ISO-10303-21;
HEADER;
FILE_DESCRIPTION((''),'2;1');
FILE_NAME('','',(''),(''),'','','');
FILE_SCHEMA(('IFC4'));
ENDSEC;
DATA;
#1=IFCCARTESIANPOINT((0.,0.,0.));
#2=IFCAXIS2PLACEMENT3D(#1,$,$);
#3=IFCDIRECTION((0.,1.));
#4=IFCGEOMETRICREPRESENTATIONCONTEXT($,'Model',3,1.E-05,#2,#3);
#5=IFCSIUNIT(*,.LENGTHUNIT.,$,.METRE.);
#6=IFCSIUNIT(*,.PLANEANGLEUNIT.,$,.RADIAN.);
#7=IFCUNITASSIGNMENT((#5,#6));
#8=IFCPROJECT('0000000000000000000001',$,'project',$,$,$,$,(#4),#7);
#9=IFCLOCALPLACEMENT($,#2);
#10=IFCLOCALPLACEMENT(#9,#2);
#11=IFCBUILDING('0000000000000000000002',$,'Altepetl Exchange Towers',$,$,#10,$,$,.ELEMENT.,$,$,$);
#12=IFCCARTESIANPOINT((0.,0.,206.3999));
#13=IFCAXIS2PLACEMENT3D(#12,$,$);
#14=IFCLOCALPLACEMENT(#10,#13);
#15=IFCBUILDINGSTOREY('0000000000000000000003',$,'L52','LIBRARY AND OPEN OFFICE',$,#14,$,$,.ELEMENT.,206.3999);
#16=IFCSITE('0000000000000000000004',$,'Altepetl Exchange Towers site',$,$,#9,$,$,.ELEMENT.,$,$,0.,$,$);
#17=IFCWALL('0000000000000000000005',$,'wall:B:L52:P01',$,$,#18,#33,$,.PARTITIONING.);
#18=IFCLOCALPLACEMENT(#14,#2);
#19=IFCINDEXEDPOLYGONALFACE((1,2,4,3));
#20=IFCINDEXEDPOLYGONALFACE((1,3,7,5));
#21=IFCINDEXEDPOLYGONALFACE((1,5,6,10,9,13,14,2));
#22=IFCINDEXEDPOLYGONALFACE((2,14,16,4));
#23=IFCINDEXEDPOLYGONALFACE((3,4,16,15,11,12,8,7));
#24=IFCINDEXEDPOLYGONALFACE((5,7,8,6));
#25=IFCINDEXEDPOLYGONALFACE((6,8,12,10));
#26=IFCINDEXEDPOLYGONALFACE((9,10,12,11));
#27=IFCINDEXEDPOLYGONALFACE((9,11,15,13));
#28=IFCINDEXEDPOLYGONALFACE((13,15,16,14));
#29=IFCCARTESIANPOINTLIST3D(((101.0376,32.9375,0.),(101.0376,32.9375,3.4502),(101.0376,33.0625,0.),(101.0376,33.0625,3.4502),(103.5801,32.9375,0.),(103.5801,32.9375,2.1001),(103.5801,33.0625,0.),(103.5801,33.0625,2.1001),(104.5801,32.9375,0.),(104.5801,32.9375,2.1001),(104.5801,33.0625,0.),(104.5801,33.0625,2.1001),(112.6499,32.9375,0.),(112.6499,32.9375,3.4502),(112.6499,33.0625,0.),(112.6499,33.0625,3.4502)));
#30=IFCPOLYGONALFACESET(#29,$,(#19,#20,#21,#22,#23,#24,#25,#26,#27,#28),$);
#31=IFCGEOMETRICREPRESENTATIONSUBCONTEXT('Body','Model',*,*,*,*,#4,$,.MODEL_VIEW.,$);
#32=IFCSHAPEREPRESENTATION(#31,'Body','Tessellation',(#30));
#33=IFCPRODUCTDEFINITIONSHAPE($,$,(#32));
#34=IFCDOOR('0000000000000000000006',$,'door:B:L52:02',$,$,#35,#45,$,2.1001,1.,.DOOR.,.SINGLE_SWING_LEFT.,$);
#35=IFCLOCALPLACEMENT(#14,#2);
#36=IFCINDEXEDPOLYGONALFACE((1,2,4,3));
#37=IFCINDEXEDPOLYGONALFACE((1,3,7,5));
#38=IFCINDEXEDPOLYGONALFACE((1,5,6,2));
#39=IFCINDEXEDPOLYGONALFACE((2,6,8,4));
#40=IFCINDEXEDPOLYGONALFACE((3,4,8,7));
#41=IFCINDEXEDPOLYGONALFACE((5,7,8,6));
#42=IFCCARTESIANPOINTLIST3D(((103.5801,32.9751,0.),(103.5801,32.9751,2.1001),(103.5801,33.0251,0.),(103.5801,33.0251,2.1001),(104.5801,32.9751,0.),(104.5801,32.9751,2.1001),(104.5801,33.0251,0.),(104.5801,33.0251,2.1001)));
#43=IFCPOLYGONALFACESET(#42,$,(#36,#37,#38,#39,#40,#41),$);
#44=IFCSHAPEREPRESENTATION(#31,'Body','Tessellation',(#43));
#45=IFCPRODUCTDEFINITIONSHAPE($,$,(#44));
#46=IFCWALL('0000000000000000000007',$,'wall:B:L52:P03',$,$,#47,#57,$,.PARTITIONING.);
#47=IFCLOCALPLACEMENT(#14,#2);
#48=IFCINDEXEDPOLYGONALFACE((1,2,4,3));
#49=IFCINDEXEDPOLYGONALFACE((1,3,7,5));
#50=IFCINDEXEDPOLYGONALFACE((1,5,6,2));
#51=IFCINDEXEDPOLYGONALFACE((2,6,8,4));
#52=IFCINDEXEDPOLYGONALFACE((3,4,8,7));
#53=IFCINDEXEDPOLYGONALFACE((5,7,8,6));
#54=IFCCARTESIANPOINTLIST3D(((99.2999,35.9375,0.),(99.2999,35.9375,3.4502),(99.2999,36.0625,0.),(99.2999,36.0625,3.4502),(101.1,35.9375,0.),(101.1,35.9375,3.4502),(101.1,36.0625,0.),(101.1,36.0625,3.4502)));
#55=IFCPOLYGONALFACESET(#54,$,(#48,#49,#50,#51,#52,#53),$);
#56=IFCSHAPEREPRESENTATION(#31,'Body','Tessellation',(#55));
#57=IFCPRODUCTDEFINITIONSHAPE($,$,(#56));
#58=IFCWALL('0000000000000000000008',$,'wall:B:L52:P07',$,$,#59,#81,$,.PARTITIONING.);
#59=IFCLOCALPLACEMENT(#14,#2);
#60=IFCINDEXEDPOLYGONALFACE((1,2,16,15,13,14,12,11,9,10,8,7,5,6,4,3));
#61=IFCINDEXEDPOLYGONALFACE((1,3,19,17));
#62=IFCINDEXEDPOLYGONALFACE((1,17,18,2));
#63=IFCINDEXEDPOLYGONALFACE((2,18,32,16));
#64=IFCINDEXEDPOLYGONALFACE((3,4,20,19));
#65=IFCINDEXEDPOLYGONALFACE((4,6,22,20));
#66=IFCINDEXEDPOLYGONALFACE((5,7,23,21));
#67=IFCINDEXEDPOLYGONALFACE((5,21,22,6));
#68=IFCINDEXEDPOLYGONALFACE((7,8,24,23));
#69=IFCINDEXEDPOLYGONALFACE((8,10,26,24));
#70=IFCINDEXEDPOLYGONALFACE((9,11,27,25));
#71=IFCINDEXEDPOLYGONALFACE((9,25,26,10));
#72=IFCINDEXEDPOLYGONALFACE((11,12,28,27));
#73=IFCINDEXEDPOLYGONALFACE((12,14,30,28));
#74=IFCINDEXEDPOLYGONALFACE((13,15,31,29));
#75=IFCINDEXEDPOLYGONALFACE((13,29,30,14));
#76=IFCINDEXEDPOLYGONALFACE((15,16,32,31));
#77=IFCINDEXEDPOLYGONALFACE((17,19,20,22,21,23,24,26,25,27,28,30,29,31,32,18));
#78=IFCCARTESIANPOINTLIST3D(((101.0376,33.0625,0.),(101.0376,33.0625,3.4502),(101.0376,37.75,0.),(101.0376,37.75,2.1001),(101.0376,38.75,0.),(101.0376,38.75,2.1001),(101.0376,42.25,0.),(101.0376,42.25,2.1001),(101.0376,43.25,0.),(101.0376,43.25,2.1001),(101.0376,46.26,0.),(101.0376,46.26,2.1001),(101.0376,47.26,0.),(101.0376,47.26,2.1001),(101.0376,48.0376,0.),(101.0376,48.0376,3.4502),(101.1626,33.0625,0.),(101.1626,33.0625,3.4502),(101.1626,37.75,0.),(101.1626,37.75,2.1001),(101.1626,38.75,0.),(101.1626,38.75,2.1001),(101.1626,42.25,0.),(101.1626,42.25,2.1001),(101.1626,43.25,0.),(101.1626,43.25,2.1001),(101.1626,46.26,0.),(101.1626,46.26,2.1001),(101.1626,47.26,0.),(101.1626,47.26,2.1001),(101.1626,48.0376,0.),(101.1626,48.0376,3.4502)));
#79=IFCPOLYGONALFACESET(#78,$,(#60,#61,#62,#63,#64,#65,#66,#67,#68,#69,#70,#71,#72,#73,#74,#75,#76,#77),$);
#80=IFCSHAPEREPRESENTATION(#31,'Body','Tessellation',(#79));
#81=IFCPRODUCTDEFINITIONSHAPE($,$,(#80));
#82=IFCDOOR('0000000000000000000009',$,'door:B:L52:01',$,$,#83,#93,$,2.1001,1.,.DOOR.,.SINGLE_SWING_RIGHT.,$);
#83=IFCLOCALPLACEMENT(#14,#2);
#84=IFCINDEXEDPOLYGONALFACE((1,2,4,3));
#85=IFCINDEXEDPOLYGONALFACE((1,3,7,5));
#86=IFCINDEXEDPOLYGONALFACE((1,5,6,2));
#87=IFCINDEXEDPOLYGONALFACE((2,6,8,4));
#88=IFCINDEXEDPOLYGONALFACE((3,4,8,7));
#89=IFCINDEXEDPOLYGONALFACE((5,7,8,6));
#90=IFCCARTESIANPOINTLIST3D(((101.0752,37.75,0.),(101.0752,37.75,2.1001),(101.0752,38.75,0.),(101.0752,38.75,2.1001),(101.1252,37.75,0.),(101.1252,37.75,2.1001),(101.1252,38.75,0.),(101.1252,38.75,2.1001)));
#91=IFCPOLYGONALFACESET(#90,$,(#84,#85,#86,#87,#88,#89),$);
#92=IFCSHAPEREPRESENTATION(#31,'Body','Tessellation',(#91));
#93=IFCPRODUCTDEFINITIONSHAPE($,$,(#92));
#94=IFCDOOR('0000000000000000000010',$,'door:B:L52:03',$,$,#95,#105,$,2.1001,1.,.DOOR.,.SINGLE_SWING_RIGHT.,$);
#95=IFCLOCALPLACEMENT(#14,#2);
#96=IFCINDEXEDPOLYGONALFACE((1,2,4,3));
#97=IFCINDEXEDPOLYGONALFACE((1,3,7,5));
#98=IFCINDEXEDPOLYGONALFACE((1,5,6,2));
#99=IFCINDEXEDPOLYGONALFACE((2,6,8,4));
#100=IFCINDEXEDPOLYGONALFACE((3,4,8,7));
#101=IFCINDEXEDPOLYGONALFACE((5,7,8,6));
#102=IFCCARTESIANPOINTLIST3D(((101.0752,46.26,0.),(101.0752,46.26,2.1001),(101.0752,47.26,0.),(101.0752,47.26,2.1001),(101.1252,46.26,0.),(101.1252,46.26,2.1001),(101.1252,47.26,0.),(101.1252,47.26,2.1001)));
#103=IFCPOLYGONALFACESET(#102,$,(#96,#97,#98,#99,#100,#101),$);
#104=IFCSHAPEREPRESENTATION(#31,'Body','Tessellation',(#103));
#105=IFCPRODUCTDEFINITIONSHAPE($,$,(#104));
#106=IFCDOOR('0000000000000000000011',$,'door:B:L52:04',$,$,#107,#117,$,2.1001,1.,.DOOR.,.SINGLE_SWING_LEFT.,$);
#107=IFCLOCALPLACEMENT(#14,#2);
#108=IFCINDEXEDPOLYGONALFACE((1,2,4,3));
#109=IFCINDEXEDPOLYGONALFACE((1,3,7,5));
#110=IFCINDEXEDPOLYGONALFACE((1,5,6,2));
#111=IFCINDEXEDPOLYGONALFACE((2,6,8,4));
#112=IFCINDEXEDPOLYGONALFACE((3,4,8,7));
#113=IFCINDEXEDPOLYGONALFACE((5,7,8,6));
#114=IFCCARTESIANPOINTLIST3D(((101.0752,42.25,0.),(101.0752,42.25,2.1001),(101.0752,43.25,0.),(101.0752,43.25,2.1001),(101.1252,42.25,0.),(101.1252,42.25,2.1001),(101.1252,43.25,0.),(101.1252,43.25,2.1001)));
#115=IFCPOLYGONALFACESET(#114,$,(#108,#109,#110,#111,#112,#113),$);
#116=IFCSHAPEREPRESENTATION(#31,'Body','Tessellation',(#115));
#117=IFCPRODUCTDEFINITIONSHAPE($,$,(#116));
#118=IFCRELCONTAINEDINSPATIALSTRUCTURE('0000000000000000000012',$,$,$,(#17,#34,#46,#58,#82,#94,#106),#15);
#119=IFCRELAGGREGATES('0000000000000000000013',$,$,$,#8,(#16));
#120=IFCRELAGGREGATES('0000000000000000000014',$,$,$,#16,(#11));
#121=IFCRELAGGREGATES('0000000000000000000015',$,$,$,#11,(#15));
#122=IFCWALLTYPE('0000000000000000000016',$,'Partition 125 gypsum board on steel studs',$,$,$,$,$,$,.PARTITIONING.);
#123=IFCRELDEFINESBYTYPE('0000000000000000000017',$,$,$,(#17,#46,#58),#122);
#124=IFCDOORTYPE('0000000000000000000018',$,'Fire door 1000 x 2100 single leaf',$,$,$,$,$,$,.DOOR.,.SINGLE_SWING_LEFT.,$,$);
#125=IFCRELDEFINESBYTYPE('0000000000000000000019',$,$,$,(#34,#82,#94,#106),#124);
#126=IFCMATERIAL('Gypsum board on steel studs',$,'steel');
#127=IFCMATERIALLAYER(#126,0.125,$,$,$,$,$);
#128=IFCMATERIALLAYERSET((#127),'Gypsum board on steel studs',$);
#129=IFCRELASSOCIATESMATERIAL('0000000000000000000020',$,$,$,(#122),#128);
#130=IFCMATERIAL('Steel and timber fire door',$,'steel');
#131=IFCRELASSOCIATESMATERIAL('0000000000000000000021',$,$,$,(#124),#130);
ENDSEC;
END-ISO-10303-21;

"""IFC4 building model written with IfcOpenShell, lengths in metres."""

from ifc_helpers import new_model, si_unit, direction, frame, frame_2d, origin, place, context, subcontext, project, spatial, rectangle, extrude, material, layer, layer_set, type_object, element, fill, save


model = new_model("IFC4")

# Units and contexts
model_context = context("Model", 3, precision=1e-05, world=origin(), true_north=direction((0.0, 1.0)))
body_context = subcontext(model_context, "Body", "Model", "MODEL_VIEW")
ifc_project = project(units=[si_unit("LENGTHUNIT", "METRE"), si_unit("PLANEANGLEUNIT", "RADIAN")], contexts=[model_context])

# Site, building, storey
site_placement = place(None, origin())
site = spatial("IfcSite", under=ifc_project, at=site_placement, Name="Altepetl Exchange Towers site", CompositionType="ELEMENT", RefElevation=0.0)
building_placement = place(site_placement, origin())
building = spatial("IfcBuilding", under=site, at=building_placement, Name="Altepetl Exchange Towers", CompositionType="ELEMENT")
storey_placement = place(building_placement, frame((0.0, 0.0, 206.3999)))
storey = spatial("IfcBuildingStorey", under=building, at=storey_placement, Name="L52", Description="LIBRARY AND OPEN OFFICE", CompositionType="ELEMENT", Elevation=206.3999)

# Wall, opening, door
ifc_material_1 = material(Name="Gypsum board on steel studs", Category="steel")
ifc_layer_1 = layer(ifc_material_1, 0.125)
ifc_layer_set_1 = layer_set([ifc_layer_1], Name="Gypsum board on steel studs")
wall_type_1 = type_object("IfcWallType", Name="Partition 125 gypsum board on steel studs", PredefinedType="PARTITIONING", material=ifc_layer_set_1)
wall_1_placement = place(storey_placement, frame((101.0376, 33.0, 0.0)))
wall_1 = element("IfcWall", 1, at=wall_1_placement, inside=storey, type_object=wall_type_1, Name="wall:B:L52:P01", PredefinedType="PARTITIONING", context=body_context, shape_type="SweptSolid", body=[
    extrude(rectangle(XDim=11.6123, YDim=0.125, at=frame_2d((5.8062, 0.0))), origin(), (0.0, 0.0, 1.0), 3.4502),
])
opening_1_placement = place(wall_1_placement, frame((2.5425, 0.0, 0.0)))
opening_1 = element("IfcOpeningElement", 2, at=opening_1_placement, cuts=wall_1, PredefinedType="OPENING", context=body_context, shape_type="SweptSolid", body=[
    extrude(rectangle(XDim=1.0, YDim=2.1001, at=frame_2d((0.5, 1.05))), frame((0.0, 0.0725, 0.0), z_axis=(0.0, -1.0, 0.0), x_axis=(1.0, 0.0, 0.0)), (0.0, 0.0, 1.0), 0.145),
])
ifc_material_2 = material(Name="Steel and timber fire door", Category="steel")
door_type_1 = type_object("IfcDoorType", Name="Fire door 1000 x 2100 single leaf", OperationType="SINGLE_SWING_LEFT", PredefinedType="DOOR", material=ifc_material_2)
door_1_placement = place(opening_1_placement, frame((1.0, 0.0, 0.0), x_axis=(-1.0, 0.0, 0.0)))
door_1 = element("IfcDoor", 3, at=door_1_placement, inside=storey, type_object=door_type_1, Name="door:B:L52:02", OperationType="SINGLE_SWING_LEFT", OverallHeight=2.1001, OverallWidth=1.0, PredefinedType="DOOR", context=body_context, shape_type="SweptSolid", body=[
    extrude(rectangle(XDim=1.0, YDim=2.1001, at=frame_2d((0.5, 1.05))), frame((0.0, 0.0249, 0.0), z_axis=(0.0, -1.0, 0.0), x_axis=(1.0, 0.0, 0.0)), (0.0, 0.0, 1.0), 0.05),
])
fill(opening_1, door_1)

# Wall
wall_2_placement = place(storey_placement, frame((99.3, 36.0, 0.0)))
element("IfcWall", 4, at=wall_2_placement, inside=storey, type_object=wall_type_1, Name="wall:B:L52:P03", PredefinedType="PARTITIONING", context=body_context, shape_type="SweptSolid", body=[
    extrude(rectangle(XDim=1.8, YDim=0.125, at=frame_2d((0.8999, 0.0))), origin(), (0.0, 0.0, 1.0), 3.4502),
])

# Wall, openings, doors
wall_3_placement = place(storey_placement, frame((101.1001, 33.0625, 0.0), z_axis=(0.0, 0.0, 1.0), x_axis=(0.0, 1.0, 0.0)))
wall_3 = element("IfcWall", 5, at=wall_3_placement, inside=storey, type_object=wall_type_1, Name="wall:B:L52:P07", PredefinedType="PARTITIONING", context=body_context, shape_type="SweptSolid", body=[
    extrude(rectangle(XDim=14.9751, YDim=0.125, at=frame_2d((7.4875, 0.0))), origin(), (0.0, 0.0, 1.0), 3.4502),
])
opening_2_placement = place(wall_3_placement, frame((4.6875, 0.0, 0.0)))
opening_2 = element("IfcOpeningElement", 6, at=opening_2_placement, cuts=wall_3, PredefinedType="OPENING", context=body_context, shape_type="SweptSolid", body=[
    extrude(rectangle(XDim=1.0, YDim=2.1001, at=frame_2d((0.5, 1.05))), frame((0.0, 0.0725, 0.0), z_axis=(0.0, -1.0, 0.0), x_axis=(1.0, 0.0, 0.0)), (0.0, 0.0, 1.0), 0.145),
])
opening_3_placement = place(wall_3_placement, frame((13.1975, 0.0, 0.0)))
opening_3 = element("IfcOpeningElement", 7, at=opening_3_placement, cuts=wall_3, PredefinedType="OPENING", context=body_context, shape_type="SweptSolid", body=[
    extrude(rectangle(XDim=1.0, YDim=2.1001, at=frame_2d((0.5, 1.05))), frame((0.0, 0.0725, 0.0), z_axis=(0.0, -1.0, 0.0), x_axis=(1.0, 0.0, 0.0)), (0.0, 0.0, 1.0), 0.145),
])
opening_4_placement = place(wall_3_placement, frame((9.1875, 0.0, 0.0)))
opening_4 = element("IfcOpeningElement", 8, at=opening_4_placement, cuts=wall_3, PredefinedType="OPENING", context=body_context, shape_type="SweptSolid", body=[
    extrude(rectangle(XDim=1.0, YDim=2.1001, at=frame_2d((0.5, 1.05))), frame((0.0, 0.0725, 0.0), z_axis=(0.0, -1.0, 0.0), x_axis=(1.0, 0.0, 0.0)), (0.0, 0.0, 1.0), 0.145),
])
door_2_placement = place(opening_2_placement, origin())
door_2 = element("IfcDoor", 9, at=door_2_placement, inside=storey, type_object=door_type_1, Name="door:B:L52:01", OperationType="SINGLE_SWING_RIGHT", OverallHeight=2.1001, OverallWidth=1.0, PredefinedType="DOOR", context=body_context, shape_type="SweptSolid", body=[
    extrude(rectangle(XDim=1.0, YDim=2.1001, at=frame_2d((0.5, 1.05))), frame((0.0, 0.0249, 0.0), z_axis=(0.0, -1.0, 0.0), x_axis=(1.0, 0.0, 0.0)), (0.0, 0.0, 1.0), 0.05),
])
fill(opening_2, door_2)
door_3_placement = place(opening_3_placement, origin())
door_3 = element("IfcDoor", 10, at=door_3_placement, inside=storey, type_object=door_type_1, Name="door:B:L52:03", OperationType="SINGLE_SWING_RIGHT", OverallHeight=2.1001, OverallWidth=1.0, PredefinedType="DOOR", context=body_context, shape_type="SweptSolid", body=[
    extrude(rectangle(XDim=1.0, YDim=2.1001, at=frame_2d((0.5, 1.05))), frame((0.0, 0.0249, 0.0), z_axis=(0.0, -1.0, 0.0), x_axis=(1.0, 0.0, 0.0)), (0.0, 0.0, 1.0), 0.05),
])
fill(opening_3, door_3)
door_4_placement = place(opening_4_placement, origin())
door_4 = element("IfcDoor", 11, at=door_4_placement, inside=storey, type_object=door_type_1, Name="door:B:L52:04", OperationType="SINGLE_SWING_LEFT", OverallHeight=2.1001, OverallWidth=1.0, PredefinedType="DOOR", context=body_context, shape_type="SweptSolid", body=[
    extrude(rectangle(XDim=1.0, YDim=2.1001, at=frame_2d((0.5, 1.05))), frame((0.0, 0.0249, 0.0), z_axis=(0.0, -1.0, 0.0), x_axis=(1.0, 0.0, 0.0)), (0.0, 0.0, 1.0), 0.05),
])
fill(opening_4, door_4)

save(model, "model.ifc")
